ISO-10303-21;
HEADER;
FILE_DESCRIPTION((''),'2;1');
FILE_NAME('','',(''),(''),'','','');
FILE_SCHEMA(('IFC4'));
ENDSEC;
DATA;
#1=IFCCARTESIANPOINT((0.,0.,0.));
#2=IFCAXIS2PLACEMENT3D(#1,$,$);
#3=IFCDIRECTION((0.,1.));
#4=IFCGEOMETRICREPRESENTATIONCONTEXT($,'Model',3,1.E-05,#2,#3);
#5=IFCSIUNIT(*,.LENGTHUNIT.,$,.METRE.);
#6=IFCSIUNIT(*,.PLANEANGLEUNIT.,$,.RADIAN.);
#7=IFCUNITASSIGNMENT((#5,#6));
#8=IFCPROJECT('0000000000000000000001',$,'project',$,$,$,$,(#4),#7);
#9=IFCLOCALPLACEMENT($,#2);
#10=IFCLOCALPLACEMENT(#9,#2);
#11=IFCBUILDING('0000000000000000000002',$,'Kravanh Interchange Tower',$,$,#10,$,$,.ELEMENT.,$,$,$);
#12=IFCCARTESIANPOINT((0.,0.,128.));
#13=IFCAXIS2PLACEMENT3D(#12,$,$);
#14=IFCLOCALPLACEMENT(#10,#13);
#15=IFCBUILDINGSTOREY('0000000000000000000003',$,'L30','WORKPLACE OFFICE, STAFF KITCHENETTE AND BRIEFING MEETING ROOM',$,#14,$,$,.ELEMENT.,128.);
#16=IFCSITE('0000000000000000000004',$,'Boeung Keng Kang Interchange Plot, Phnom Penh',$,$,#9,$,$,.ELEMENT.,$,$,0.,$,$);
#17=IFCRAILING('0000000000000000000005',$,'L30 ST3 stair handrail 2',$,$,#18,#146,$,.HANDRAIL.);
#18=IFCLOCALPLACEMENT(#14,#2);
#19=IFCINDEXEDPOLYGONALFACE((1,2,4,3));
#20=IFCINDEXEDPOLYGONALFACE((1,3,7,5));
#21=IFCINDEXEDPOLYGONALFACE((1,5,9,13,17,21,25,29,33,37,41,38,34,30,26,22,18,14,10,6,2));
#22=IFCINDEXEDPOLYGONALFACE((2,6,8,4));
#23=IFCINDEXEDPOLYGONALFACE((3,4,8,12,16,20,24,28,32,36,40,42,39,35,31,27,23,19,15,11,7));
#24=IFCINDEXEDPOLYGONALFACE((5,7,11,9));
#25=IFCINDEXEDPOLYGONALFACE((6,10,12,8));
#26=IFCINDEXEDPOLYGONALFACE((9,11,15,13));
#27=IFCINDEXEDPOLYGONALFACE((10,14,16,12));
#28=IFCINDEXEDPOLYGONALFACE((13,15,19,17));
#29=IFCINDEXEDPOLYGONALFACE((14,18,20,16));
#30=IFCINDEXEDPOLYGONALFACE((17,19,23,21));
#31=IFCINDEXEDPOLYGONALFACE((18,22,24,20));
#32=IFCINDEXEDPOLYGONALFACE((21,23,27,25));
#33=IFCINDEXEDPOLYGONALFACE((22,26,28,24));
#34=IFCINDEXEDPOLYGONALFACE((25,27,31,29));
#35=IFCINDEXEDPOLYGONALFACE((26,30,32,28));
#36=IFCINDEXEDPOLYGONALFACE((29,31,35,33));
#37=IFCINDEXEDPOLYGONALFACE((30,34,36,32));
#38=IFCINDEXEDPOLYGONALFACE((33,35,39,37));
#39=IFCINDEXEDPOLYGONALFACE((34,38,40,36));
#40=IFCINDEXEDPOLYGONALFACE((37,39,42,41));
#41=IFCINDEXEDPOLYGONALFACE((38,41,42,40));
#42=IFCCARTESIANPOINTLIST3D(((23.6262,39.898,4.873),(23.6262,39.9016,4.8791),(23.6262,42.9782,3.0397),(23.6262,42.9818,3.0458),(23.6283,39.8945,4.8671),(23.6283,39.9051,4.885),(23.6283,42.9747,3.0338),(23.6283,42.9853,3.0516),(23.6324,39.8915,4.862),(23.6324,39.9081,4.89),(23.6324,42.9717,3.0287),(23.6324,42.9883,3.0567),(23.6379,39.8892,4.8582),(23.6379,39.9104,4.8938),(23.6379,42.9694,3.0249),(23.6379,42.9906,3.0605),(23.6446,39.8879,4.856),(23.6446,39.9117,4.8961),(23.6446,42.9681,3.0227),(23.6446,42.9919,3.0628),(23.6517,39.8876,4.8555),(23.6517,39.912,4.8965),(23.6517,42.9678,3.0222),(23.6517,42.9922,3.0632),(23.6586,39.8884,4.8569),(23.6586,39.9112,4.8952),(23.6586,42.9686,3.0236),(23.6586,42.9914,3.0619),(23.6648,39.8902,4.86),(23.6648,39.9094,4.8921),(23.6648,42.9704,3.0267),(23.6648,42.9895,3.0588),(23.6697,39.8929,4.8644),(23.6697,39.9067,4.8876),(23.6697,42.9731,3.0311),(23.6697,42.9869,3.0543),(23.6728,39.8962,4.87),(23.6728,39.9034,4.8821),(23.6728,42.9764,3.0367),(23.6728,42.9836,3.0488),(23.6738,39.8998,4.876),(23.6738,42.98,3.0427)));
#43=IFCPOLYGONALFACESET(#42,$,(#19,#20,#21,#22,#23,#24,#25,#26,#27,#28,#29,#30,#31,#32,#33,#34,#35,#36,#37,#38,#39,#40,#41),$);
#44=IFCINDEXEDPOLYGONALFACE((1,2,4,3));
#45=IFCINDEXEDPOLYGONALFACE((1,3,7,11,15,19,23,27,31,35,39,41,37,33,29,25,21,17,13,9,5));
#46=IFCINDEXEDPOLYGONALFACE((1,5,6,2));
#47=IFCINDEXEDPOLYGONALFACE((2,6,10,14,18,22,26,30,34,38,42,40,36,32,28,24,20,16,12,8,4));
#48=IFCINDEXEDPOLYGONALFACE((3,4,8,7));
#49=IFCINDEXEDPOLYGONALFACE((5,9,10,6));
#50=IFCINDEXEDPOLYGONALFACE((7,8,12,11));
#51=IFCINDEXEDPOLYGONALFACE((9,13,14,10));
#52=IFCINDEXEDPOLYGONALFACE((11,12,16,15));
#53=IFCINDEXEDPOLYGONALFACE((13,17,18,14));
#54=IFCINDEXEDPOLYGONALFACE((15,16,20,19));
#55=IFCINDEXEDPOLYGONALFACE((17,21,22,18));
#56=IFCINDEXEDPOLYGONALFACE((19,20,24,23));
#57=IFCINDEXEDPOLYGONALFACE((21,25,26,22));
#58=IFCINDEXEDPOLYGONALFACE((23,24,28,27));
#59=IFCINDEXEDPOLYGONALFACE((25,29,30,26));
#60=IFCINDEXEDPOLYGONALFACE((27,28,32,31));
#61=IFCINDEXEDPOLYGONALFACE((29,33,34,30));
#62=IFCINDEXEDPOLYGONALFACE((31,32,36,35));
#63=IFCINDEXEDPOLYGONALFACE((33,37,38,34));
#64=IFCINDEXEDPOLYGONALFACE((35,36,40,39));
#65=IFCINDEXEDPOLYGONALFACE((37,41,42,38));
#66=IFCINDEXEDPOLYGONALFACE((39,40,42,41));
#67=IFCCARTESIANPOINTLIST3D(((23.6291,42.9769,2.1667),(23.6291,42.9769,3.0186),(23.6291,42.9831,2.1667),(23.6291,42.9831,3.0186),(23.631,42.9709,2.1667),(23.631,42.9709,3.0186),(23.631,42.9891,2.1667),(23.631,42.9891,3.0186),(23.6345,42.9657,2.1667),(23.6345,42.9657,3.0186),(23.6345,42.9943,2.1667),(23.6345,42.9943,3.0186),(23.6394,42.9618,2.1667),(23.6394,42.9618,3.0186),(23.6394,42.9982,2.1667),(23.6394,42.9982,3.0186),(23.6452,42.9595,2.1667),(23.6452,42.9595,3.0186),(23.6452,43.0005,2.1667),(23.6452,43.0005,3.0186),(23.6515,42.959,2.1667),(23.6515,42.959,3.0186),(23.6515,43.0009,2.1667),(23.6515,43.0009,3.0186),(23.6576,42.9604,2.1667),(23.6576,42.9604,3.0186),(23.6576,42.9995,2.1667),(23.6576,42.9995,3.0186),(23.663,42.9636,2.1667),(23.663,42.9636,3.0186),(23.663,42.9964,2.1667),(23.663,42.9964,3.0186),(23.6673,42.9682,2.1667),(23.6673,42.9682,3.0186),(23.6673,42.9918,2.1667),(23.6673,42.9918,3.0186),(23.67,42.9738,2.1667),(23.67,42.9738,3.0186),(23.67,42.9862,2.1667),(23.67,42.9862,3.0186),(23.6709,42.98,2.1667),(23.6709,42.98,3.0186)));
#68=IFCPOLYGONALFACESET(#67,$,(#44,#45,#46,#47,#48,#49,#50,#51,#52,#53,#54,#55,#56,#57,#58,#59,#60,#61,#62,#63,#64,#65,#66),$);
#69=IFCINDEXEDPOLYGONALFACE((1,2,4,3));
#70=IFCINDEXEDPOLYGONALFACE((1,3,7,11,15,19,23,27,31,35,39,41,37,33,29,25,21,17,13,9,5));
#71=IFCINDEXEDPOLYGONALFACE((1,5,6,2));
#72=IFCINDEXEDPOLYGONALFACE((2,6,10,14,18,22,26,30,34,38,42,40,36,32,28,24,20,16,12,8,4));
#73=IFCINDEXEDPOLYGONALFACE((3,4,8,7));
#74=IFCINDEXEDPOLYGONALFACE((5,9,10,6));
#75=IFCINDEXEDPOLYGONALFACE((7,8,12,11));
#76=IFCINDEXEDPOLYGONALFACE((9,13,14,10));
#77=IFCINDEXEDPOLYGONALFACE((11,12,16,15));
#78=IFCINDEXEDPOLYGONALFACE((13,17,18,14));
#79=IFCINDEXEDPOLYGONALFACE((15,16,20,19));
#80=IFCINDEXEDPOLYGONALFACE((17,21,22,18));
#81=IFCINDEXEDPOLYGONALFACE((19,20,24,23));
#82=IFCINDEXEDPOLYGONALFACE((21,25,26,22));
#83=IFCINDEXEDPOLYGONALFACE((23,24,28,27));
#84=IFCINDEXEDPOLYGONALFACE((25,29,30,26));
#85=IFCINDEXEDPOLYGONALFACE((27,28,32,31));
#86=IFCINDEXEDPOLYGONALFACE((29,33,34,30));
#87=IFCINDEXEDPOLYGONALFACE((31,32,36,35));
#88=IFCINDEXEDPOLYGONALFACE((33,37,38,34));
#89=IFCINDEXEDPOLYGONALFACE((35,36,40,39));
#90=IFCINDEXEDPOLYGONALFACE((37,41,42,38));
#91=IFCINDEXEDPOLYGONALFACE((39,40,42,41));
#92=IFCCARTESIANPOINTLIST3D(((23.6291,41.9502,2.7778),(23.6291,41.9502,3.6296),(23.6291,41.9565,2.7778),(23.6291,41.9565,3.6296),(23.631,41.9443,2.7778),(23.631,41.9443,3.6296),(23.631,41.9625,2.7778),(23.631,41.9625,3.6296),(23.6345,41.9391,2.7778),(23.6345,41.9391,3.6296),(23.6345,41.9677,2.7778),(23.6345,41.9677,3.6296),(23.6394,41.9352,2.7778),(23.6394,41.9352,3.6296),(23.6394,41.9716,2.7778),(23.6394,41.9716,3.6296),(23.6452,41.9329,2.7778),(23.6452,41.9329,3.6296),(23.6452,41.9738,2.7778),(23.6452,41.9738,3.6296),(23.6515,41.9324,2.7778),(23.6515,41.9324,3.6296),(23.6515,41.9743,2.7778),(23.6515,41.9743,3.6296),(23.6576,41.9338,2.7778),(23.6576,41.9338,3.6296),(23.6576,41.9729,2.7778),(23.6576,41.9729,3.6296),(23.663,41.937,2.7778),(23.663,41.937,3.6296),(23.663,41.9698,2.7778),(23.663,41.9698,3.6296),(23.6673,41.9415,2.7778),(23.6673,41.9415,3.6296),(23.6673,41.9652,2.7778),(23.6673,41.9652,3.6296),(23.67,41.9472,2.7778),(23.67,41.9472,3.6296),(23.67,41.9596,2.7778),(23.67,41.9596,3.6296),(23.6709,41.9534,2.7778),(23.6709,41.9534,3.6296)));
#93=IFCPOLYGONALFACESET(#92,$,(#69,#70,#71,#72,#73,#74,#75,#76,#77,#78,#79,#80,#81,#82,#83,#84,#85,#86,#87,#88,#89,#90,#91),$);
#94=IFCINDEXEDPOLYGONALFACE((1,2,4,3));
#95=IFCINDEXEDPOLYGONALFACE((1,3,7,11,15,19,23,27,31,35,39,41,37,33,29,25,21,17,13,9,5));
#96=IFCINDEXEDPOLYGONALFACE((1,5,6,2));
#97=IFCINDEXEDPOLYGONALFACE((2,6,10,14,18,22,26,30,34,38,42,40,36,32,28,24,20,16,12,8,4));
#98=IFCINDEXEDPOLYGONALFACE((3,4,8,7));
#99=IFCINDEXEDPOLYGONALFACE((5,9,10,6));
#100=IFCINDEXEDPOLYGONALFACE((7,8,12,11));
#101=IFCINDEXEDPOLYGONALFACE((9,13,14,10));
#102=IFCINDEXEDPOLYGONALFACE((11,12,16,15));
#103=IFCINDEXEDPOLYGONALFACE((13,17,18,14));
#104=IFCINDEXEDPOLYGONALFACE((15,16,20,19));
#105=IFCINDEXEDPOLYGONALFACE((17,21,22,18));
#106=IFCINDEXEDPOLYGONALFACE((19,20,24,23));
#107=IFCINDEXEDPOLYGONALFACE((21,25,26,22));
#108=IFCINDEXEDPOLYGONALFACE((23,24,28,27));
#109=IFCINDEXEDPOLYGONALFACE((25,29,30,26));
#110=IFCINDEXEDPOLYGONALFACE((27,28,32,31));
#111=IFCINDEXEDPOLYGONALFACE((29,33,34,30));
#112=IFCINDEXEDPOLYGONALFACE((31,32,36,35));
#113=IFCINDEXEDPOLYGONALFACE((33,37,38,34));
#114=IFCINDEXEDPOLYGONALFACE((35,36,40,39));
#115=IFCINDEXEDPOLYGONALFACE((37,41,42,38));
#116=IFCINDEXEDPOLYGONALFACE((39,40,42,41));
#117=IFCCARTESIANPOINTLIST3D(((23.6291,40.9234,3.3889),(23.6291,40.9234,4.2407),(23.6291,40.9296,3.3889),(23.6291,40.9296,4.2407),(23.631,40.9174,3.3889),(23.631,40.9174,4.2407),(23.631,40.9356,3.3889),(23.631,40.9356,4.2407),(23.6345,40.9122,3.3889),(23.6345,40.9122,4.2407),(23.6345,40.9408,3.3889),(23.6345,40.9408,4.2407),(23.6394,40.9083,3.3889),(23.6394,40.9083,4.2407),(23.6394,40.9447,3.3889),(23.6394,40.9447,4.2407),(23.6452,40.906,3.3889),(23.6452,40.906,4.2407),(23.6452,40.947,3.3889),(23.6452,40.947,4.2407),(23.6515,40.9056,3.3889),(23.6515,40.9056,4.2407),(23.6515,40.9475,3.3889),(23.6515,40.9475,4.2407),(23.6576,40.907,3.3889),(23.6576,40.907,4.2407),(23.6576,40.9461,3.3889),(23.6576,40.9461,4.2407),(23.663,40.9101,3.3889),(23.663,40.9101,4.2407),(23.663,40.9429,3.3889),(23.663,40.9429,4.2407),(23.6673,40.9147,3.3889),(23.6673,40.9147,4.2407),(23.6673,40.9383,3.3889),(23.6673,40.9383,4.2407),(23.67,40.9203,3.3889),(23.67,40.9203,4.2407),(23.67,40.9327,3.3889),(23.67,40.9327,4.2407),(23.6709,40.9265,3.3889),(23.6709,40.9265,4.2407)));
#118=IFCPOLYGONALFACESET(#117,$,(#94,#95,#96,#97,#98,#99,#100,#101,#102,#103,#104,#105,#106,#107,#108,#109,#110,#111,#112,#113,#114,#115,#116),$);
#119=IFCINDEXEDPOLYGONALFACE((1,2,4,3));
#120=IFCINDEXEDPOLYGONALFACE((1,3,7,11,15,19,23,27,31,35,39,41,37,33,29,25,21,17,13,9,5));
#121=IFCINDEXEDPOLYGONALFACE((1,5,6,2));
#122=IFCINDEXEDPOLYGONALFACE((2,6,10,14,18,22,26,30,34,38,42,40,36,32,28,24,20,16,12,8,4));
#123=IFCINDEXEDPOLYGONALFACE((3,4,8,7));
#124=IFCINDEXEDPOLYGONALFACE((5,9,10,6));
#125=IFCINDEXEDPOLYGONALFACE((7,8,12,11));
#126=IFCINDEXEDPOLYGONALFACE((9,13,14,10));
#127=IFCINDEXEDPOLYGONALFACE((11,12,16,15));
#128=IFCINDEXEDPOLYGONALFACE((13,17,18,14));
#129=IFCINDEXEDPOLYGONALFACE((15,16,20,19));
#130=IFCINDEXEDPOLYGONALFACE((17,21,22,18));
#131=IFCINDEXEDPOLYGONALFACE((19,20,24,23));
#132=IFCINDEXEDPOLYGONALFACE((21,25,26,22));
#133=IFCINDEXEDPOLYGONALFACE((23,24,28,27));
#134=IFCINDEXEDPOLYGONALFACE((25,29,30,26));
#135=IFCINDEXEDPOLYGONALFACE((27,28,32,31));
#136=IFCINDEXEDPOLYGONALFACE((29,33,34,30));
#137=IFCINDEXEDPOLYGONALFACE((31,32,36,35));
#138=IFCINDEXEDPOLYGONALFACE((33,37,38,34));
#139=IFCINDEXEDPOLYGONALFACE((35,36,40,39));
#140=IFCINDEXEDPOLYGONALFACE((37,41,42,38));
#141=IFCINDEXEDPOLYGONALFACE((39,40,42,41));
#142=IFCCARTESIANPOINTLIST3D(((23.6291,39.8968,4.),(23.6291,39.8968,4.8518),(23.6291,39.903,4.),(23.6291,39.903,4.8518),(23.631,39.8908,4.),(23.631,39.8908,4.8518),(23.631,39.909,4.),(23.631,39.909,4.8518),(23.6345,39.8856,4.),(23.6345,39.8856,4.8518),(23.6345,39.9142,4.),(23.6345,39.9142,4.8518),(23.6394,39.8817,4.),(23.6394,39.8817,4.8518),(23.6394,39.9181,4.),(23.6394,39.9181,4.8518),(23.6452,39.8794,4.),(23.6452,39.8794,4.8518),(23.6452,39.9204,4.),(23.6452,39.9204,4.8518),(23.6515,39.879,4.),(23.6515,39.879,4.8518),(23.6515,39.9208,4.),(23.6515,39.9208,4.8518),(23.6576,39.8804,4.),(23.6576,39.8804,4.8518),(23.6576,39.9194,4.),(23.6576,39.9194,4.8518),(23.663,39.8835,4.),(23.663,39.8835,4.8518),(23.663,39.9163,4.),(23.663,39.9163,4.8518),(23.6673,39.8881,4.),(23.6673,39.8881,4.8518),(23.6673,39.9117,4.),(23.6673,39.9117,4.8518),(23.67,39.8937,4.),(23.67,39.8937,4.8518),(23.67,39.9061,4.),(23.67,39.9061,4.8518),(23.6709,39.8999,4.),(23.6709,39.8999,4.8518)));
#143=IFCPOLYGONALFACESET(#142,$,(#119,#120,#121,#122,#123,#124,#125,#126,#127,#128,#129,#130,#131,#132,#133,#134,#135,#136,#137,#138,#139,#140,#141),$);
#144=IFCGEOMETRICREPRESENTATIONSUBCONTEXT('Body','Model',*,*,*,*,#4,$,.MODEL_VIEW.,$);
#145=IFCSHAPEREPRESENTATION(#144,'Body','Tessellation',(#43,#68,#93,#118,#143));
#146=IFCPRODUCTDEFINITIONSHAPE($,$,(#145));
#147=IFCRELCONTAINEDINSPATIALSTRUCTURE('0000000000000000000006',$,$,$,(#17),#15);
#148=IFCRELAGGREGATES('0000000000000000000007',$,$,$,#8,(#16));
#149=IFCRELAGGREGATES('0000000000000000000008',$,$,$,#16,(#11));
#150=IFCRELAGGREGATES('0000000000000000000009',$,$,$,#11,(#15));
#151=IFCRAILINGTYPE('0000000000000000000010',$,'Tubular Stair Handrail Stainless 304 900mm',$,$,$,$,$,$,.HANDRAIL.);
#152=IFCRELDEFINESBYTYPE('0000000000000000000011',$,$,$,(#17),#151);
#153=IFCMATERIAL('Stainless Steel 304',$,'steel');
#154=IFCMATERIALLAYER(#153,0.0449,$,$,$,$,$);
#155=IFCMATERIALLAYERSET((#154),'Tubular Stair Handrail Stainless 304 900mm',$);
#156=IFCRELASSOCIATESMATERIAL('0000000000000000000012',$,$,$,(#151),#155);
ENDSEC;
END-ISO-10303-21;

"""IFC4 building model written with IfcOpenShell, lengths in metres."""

from ifc_helpers import new_model, si_unit, direction, frame, origin, origin_2d, place, context, subcontext, project, spatial, circle, extrude, material, layer, layer_set, type_object, element, save


model = new_model("IFC4")

# Units and contexts
model_context = context("Model", 3, precision=1e-05, world=origin(), true_north=direction((0.0, 1.0)))
body_context = subcontext(model_context, "Body", "Model", "MODEL_VIEW")
ifc_project = project(units=[si_unit("LENGTHUNIT", "METRE"), si_unit("PLANEANGLEUNIT", "RADIAN")], contexts=[model_context])

# Site, building, storey
site_placement = place(None, origin())
site = spatial("IfcSite", under=ifc_project, at=site_placement, Name="Boeung Keng Kang Interchange Plot, Phnom Penh", CompositionType="ELEMENT", RefElevation=0.0)
building_placement = place(site_placement, origin())
building = spatial("IfcBuilding", under=site, at=building_placement, Name="Kravanh Interchange Tower", CompositionType="ELEMENT")
storey_placement = place(building_placement, frame((0.0, 0.0, 128.0)))
storey = spatial("IfcBuildingStorey", under=building, at=storey_placement, Name="L30", Description="WORKPLACE OFFICE, STAFF KITCHENETTE AND BRIEFING MEETING ROOM", CompositionType="ELEMENT", Elevation=128.0)

# Railing
ifc_material_1 = material(Name="Stainless Steel 304", Category="steel")
ifc_layer_1 = layer(ifc_material_1, 0.0449)
ifc_layer_set_1 = layer_set([ifc_layer_1], Name="Tubular Stair Handrail Stainless 304 900mm")
railing_type_1 = type_object("IfcRailingType", Name="Tubular Stair Handrail Stainless 304 900mm", PredefinedType="HANDRAIL", material=ifc_layer_set_1)
railing_1_placement = place(storey_placement, frame((23.6499, 42.98, 2.1667)))
element("IfcRailing", 1, at=railing_1_placement, inside=storey, type_object=railing_type_1, Name="L30 ST3 stair handrail 2", PredefinedType="HANDRAIL", context=body_context, shape_type="SweptSolid", body=[
    extrude(circle(Radius=0.0239, at=origin_2d()), frame((0.0, 0.0, 0.876), z_axis=(0.0, -0.859309, 0.511458), x_axis=(1.0, 0.0, 0.0)), (0.0, 0.0, 1.0), 3.5845),
    extrude(circle(Radius=0.021, at=origin_2d()), origin(), (0.0, 0.0, 1.0), 0.8518),
    extrude(circle(Radius=0.021, at=origin_2d()), frame((0.0, -1.0266, 0.6111)), (0.0, 0.0, 1.0), 0.8518),
    extrude(circle(Radius=0.021, at=origin_2d()), frame((0.0, -2.0535, 1.2222)), (0.0, 0.0, 1.0), 0.8518),
    extrude(circle(Radius=0.021, at=origin_2d()), frame((0.0, -3.0801, 1.8333)), (0.0, 0.0, 1.0), 0.8518),
])

save(model, "model.ifc")
